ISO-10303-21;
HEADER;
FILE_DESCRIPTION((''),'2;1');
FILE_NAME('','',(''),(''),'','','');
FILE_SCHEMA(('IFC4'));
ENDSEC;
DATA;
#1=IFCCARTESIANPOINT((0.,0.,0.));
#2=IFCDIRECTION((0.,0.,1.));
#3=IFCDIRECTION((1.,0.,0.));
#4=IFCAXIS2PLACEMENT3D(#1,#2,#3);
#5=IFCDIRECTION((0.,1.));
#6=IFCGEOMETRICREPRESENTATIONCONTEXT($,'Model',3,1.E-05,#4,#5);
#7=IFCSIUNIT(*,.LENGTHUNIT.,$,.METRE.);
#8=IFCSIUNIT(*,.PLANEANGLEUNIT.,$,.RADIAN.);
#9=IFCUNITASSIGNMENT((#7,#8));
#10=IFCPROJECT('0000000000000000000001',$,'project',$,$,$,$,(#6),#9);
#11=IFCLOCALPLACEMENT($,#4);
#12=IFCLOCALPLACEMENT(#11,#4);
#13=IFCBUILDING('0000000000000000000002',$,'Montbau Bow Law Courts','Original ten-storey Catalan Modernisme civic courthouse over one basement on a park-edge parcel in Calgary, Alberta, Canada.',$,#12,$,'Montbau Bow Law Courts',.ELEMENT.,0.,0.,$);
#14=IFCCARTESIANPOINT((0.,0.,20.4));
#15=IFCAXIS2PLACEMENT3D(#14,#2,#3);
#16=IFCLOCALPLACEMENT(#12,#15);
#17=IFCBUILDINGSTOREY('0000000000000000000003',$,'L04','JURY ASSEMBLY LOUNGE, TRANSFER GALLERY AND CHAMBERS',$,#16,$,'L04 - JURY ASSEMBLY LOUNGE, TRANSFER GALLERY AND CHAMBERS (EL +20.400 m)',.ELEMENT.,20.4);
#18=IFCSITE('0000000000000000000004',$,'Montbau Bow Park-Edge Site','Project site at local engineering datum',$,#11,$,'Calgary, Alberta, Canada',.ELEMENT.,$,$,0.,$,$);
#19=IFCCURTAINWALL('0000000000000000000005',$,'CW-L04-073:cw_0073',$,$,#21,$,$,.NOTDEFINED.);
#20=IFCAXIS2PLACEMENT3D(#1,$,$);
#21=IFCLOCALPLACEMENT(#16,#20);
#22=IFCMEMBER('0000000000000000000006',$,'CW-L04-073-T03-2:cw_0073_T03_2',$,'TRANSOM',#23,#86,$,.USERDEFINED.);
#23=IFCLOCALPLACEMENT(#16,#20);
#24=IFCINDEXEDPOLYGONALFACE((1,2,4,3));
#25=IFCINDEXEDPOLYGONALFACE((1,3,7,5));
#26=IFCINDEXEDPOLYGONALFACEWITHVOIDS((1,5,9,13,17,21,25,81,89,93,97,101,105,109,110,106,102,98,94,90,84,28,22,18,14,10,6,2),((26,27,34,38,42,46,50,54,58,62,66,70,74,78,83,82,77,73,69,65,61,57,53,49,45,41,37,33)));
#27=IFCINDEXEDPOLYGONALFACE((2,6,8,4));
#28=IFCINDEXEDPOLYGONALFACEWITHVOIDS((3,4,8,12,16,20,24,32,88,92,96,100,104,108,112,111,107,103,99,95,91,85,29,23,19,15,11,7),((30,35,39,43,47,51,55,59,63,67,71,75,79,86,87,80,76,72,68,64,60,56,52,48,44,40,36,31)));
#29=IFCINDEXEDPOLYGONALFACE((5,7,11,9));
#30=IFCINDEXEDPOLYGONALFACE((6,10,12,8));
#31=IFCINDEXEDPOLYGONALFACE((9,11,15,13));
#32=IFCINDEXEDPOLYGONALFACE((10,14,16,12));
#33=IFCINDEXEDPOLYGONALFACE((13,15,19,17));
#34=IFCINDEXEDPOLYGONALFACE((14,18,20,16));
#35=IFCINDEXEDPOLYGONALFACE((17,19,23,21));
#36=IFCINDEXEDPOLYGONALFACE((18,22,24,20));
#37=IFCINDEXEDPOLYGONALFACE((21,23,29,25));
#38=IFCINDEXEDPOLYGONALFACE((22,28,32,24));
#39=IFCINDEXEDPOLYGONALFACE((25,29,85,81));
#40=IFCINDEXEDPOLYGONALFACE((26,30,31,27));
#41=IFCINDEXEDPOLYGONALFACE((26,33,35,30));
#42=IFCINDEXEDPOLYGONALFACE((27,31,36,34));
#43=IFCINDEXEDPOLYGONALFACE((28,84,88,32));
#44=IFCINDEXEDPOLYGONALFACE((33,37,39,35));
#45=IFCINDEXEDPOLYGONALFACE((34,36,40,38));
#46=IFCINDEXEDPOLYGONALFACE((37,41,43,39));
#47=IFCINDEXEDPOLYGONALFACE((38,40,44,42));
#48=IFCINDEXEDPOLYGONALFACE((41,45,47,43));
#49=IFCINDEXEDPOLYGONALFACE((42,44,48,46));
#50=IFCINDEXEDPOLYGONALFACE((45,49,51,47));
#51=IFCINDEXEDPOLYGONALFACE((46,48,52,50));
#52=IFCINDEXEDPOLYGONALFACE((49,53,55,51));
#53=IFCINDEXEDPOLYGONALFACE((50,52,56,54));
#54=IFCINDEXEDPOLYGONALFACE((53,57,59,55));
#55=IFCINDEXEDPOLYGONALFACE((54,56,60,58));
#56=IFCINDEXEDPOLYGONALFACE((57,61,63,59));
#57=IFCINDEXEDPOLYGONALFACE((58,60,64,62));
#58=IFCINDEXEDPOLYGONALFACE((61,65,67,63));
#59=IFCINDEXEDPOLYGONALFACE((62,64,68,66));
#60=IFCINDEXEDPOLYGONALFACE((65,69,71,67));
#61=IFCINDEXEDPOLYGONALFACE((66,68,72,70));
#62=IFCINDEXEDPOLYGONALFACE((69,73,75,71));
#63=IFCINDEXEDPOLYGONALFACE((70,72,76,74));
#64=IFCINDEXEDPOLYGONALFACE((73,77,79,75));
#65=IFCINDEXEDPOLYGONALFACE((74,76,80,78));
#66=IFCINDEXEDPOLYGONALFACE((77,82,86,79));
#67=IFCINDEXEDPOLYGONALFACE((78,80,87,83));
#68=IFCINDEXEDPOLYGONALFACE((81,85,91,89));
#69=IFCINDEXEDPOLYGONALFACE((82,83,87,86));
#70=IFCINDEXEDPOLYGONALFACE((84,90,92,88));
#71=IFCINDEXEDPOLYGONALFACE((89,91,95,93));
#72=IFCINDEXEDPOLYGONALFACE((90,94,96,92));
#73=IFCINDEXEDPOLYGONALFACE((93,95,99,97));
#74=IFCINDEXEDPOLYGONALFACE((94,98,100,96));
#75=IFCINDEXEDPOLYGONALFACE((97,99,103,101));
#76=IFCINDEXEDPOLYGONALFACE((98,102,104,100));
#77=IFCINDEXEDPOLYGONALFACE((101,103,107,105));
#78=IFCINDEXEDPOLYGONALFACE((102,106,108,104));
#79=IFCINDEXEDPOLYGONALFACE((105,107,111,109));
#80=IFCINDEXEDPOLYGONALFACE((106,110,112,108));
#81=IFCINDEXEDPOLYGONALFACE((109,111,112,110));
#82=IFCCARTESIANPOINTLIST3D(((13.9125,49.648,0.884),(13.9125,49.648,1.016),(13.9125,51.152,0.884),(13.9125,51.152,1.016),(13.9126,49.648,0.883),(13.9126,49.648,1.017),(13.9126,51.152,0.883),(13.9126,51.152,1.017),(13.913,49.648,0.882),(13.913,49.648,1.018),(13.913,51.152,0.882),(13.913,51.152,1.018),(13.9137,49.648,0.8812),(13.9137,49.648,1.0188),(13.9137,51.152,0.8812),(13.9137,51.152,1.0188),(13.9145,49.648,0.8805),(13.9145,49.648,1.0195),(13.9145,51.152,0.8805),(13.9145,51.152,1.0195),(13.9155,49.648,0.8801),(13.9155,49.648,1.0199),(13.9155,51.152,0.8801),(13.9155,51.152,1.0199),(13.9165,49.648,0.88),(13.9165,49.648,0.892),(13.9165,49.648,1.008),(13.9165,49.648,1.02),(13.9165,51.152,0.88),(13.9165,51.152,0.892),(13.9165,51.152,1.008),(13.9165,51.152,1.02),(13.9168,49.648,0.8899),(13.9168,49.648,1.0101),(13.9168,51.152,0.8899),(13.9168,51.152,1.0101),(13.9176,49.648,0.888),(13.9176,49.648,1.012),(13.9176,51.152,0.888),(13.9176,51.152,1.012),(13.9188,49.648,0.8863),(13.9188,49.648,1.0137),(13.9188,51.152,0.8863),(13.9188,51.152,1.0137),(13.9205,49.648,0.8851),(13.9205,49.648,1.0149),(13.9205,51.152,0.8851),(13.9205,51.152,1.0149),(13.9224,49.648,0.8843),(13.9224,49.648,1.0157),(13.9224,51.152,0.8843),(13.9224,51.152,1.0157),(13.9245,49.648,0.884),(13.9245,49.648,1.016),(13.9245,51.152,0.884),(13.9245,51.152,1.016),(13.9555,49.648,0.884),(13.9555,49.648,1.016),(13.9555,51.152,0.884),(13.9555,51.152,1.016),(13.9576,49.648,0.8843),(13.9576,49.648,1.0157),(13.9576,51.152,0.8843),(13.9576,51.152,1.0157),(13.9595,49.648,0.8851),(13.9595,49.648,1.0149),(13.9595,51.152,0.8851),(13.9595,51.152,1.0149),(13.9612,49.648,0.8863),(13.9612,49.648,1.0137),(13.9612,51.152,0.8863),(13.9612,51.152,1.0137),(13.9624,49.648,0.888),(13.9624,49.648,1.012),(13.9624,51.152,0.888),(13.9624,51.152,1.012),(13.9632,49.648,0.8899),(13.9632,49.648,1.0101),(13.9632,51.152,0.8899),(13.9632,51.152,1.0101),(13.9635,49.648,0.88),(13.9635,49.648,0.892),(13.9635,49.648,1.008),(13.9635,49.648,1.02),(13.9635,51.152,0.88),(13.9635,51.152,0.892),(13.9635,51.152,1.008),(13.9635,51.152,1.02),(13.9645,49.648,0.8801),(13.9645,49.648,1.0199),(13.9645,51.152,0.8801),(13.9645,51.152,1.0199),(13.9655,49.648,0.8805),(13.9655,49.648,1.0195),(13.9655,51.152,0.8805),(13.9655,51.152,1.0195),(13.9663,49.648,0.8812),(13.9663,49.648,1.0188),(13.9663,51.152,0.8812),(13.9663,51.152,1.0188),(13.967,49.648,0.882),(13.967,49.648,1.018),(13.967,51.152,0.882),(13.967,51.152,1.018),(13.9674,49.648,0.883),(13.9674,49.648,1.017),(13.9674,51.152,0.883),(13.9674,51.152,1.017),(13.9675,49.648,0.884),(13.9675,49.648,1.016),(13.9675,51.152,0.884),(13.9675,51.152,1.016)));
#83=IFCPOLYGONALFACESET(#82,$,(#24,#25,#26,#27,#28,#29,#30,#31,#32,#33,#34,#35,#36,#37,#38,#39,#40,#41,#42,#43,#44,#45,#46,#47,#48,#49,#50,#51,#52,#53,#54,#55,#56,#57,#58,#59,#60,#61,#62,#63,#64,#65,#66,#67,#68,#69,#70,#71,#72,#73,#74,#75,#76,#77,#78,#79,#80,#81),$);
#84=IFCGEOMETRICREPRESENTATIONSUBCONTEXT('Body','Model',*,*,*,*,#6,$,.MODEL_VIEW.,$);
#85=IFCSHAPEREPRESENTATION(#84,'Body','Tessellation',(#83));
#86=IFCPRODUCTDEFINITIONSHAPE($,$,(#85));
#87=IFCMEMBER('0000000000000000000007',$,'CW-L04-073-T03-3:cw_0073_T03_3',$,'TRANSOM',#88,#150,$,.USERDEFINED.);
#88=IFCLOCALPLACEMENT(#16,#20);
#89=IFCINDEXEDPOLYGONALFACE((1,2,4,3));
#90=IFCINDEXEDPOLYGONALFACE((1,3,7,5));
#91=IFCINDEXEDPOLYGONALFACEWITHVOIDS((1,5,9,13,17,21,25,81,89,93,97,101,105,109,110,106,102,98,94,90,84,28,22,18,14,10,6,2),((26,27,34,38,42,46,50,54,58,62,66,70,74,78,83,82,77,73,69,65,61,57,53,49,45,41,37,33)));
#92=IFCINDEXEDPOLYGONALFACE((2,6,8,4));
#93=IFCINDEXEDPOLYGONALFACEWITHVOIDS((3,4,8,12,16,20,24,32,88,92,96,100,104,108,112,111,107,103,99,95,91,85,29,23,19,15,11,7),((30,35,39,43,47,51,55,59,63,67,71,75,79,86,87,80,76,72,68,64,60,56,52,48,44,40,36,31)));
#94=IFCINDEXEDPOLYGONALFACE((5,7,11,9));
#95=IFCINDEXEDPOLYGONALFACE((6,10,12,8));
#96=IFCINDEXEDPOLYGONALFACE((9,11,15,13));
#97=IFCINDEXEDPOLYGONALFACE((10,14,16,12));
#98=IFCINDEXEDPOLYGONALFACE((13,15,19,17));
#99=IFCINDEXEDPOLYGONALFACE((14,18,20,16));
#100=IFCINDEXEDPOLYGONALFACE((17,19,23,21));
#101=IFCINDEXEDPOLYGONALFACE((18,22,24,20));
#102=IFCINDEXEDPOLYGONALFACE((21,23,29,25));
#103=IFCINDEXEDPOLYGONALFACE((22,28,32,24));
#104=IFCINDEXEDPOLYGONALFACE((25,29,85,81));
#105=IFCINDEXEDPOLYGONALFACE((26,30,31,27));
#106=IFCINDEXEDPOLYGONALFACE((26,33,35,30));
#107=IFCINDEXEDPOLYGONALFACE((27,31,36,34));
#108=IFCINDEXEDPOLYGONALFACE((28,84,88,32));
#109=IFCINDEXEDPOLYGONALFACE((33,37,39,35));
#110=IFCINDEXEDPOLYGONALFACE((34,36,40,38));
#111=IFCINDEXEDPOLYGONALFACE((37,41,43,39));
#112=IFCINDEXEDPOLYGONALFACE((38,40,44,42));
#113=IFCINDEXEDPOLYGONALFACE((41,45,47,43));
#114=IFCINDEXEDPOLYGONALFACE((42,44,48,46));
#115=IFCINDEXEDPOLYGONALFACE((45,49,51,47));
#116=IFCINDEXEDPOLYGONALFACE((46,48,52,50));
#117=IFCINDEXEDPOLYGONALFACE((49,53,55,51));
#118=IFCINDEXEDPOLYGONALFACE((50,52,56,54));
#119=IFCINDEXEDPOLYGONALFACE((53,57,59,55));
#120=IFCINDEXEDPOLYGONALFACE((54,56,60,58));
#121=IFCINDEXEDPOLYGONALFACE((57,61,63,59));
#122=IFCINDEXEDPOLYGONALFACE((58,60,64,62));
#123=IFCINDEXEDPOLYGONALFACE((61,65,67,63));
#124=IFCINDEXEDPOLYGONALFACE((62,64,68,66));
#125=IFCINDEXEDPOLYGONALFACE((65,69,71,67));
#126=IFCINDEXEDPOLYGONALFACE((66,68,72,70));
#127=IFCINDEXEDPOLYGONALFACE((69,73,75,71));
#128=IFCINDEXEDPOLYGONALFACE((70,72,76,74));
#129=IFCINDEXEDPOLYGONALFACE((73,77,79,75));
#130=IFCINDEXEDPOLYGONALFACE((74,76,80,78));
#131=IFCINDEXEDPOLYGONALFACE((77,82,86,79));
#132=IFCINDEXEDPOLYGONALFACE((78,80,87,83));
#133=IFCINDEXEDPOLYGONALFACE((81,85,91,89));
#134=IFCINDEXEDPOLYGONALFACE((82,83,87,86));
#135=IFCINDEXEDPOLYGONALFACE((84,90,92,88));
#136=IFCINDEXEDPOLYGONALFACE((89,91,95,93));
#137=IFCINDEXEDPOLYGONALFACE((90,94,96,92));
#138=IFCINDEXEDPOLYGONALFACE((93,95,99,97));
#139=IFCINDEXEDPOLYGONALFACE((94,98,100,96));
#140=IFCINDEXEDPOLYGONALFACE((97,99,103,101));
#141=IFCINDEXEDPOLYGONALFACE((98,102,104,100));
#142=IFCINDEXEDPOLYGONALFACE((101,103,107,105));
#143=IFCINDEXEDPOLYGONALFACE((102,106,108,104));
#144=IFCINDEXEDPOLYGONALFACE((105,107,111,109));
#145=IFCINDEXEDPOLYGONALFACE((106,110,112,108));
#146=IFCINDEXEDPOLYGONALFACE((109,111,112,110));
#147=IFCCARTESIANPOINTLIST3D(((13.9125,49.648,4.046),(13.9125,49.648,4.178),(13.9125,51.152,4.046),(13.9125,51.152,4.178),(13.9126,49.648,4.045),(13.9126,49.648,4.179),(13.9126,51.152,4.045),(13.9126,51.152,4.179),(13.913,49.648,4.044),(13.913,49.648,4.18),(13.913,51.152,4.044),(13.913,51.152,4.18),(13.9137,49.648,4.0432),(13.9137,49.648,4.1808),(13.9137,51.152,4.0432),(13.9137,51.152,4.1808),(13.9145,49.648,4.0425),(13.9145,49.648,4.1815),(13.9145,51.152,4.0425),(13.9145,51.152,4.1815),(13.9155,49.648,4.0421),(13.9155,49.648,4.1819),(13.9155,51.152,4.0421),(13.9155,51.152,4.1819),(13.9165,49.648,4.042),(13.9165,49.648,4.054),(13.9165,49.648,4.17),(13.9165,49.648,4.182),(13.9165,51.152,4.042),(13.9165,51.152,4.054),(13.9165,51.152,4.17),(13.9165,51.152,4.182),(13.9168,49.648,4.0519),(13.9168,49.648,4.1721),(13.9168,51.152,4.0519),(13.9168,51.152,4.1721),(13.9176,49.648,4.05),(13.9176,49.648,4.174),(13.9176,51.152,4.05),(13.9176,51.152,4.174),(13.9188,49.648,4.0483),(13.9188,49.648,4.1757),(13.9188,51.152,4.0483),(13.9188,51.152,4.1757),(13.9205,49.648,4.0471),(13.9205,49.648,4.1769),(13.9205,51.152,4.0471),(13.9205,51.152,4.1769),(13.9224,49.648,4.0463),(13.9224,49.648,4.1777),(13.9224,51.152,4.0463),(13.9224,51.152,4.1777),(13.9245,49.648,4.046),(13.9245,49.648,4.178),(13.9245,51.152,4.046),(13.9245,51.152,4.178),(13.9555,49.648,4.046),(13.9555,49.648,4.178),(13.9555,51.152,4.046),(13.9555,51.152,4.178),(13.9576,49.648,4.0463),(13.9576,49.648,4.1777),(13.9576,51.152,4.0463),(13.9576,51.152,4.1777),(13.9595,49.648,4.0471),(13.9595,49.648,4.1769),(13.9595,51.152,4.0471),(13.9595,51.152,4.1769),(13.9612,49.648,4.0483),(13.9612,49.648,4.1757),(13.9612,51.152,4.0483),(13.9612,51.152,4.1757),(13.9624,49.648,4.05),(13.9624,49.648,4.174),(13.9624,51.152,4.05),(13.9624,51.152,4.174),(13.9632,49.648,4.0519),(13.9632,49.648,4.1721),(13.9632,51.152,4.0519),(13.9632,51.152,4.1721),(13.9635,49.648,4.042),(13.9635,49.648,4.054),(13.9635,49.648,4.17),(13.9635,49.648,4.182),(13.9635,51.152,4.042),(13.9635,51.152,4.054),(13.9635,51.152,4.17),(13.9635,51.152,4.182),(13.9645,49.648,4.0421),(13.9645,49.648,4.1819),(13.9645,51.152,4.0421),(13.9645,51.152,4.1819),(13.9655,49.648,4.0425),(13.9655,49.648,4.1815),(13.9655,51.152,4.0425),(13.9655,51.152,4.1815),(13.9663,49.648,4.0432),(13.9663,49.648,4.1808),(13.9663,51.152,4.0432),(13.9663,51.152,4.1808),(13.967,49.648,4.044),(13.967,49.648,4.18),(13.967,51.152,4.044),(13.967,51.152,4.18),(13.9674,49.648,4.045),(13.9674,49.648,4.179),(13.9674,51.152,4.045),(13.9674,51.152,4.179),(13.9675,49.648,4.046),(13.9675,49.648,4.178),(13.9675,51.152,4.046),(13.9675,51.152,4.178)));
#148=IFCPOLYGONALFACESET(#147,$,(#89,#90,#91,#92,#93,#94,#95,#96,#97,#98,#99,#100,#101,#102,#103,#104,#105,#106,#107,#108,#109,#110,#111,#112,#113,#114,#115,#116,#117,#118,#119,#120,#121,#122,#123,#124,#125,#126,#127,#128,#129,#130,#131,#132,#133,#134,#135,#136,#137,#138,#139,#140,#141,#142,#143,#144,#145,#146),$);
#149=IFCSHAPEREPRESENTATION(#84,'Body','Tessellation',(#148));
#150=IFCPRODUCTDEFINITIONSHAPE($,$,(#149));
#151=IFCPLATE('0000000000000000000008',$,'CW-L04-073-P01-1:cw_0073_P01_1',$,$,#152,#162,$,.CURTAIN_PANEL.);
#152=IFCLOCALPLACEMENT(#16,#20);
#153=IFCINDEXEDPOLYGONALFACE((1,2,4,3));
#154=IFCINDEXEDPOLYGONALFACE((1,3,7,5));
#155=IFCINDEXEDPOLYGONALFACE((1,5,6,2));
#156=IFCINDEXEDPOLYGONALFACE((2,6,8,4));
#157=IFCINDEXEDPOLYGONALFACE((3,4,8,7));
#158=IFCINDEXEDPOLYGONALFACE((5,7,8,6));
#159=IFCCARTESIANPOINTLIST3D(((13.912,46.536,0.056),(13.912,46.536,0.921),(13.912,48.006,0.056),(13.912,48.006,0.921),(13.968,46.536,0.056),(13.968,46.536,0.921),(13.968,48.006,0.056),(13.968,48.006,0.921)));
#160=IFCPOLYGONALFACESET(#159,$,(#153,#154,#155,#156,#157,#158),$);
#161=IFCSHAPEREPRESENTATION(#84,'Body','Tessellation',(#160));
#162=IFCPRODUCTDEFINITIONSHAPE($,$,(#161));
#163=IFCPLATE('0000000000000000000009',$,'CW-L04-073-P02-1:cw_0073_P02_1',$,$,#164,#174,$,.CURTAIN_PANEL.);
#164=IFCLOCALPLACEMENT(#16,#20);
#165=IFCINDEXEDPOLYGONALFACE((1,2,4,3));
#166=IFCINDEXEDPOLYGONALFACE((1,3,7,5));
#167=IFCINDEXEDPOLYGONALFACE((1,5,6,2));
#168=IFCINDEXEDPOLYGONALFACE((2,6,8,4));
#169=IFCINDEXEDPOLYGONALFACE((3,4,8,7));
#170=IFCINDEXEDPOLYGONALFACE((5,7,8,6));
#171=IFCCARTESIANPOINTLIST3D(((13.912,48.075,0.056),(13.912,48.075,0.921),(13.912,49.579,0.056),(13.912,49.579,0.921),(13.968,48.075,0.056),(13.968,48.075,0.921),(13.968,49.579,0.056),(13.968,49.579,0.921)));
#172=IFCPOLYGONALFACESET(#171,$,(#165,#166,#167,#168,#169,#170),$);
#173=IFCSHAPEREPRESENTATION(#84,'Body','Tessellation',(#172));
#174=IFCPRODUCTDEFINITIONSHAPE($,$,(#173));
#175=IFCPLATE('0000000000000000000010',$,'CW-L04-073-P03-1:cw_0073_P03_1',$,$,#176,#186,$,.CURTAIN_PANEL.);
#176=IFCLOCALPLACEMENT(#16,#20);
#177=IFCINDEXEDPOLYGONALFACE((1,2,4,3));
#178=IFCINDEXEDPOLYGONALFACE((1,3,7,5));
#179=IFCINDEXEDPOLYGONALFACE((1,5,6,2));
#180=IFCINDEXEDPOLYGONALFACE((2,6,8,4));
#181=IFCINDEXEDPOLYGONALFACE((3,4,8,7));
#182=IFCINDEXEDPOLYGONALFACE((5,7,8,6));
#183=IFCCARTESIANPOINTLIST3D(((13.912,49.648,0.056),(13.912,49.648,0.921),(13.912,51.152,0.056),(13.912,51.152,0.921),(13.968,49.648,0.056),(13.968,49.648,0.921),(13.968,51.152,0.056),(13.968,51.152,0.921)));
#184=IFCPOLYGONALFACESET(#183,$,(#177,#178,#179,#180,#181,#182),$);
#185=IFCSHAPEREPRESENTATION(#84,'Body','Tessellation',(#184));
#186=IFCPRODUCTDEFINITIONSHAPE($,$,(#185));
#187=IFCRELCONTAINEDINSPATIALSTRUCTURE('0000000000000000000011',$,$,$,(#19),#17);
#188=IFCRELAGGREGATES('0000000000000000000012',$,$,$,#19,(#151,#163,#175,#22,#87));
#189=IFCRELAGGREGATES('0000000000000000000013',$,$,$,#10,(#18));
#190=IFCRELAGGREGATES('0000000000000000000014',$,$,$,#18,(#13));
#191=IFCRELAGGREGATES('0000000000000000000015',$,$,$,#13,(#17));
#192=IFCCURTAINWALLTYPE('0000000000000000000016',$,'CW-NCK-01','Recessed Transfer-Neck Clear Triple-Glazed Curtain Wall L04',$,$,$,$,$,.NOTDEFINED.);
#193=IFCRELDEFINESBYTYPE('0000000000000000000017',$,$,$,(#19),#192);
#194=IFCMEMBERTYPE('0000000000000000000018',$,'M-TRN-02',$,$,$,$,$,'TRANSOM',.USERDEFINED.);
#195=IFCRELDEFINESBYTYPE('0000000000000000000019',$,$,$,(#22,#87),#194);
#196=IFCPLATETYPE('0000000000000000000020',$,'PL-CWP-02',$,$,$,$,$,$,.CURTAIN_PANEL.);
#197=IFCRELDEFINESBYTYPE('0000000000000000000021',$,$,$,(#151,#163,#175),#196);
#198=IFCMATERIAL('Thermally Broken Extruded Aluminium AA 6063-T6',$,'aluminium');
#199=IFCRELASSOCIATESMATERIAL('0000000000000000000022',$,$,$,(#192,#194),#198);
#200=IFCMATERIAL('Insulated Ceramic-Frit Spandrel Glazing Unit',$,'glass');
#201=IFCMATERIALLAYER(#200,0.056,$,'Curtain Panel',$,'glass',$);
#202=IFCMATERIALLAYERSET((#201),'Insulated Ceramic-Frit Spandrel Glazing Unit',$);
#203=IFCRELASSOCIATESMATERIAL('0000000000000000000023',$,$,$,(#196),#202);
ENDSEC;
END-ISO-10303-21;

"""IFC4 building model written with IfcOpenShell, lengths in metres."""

from ifc_helpers import new_model, si_unit, direction, frame, frame_2d, origin_with_axes, origin_2d_with_axis, place, context, subcontext, project, spatial, rectangle, hollow_rectangle, extrude, material, layer, layer_set, material_profile, profile_set, type_object, element, aggregate, save


model = new_model("IFC4")

# Units and contexts
model_context = context("Model", 3, precision=1e-05, world=origin_with_axes(), true_north=direction((0.0, 1.0)))
body_context = subcontext(model_context, "Body", "Model", "MODEL_VIEW")
ifc_project = project(units=[si_unit("LENGTHUNIT", "METRE"), si_unit("PLANEANGLEUNIT", "RADIAN")], contexts=[model_context])

# Site, building, storey
site_placement = place(None, origin_with_axes())
site = spatial("IfcSite", under=ifc_project, at=site_placement, Name="Montbau Bow Park-Edge Site", Description="Project site at local engineering datum", LongName="Calgary, Alberta, Canada", CompositionType="ELEMENT", RefElevation=0.0)
building_placement = place(site_placement, origin_with_axes())
building = spatial("IfcBuilding", under=site, at=building_placement, Name="Montbau Bow Law Courts", Description="Original ten-storey Catalan Modernisme civic courthouse over one basement on a park-edge parcel in Calgary, Alberta, Canada.", LongName="Montbau Bow Law Courts", CompositionType="ELEMENT", ElevationOfRefHeight=0.0, ElevationOfTerrain=0.0)
storey_placement = place(building_placement, frame((0.0, 0.0, 20.4), z_axis=(0.0, 0.0, 1.0), x_axis=(1.0, 0.0, 0.0)))
storey = spatial("IfcBuildingStorey", under=building, at=storey_placement, Name="L04", Description="JURY ASSEMBLY LOUNGE, TRANSFER GALLERY AND CHAMBERS", LongName="L04 - JURY ASSEMBLY LOUNGE, TRANSFER GALLERY AND CHAMBERS (EL +20.400 m)", CompositionType="ELEMENT", Elevation=20.4)

# Shared definitions
ifc_material_1 = material(Name="Thermally Broken Extruded Aluminium AA 6063-T6", Category="aluminium")
curtain_wall_type = type_object("IfcCurtainWallType", Name="CW-NCK-01", Description="Recessed Transfer-Neck Clear Triple-Glazed Curtain Wall L04", PredefinedType="NOTDEFINED", material=ifc_material_1)

# Curtain wall, members, plates
curtain_wall_1_placement = place(None, frame((13.94, 46.468, 20.4), z_axis=(0.0, 0.0, 1.0), x_axis=(1.0, 0.0, 0.0)))
curtain_wall_1 = element("IfcCurtainWall", 1, at=curtain_wall_1_placement, inside=storey, type_object=curtain_wall_type, Name="CW-L04-073:cw_0073", PredefinedType="NOTDEFINED")
ifc_material_profile_1 = material_profile(ifc_material_1, hollow_rectangle(XDim=0.055, YDim=0.14, WallThickness=0.004, InnerFilletRadius=0.008, OuterFilletRadius=0.004, at=origin_2d_with_axis()), Name="CWT-140X55", Category="Main", Priority=0)
ifc_profile_set_1 = profile_set([ifc_material_profile_1], Name="Thermally Broken Extruded Aluminium AA 6063-T6")
member_type_1 = type_object("IfcMemberType", Name="M-TRN-02", ElementType="TRANSOM", PredefinedType="USERDEFINED", material=ifc_profile_set_1)
member_1_placement = place(None, frame((13.94, 49.648, 21.35), z_axis=(0.0, 1.0, 0.0), x_axis=(-1.0, 0.0, 0.0)))
member_1 = element("IfcMember", 2, at=member_1_placement, type_object=member_type_1, Name="CW-L04-073-T03-2:cw_0073_T03_2", ObjectType="TRANSOM", PredefinedType="USERDEFINED", context=body_context, shape_type="SweptSolid", body=[
    extrude(hollow_rectangle(XDim=0.055, YDim=0.14, WallThickness=0.004, InnerFilletRadius=0.008, OuterFilletRadius=0.004, at=origin_2d_with_axis()), origin_with_axes(), (0.0, 0.0, 1.0), 1.504),
])
member_2_placement = place(None, frame((13.94, 49.648, 24.512), z_axis=(0.0, 1.0, 0.0), x_axis=(-1.0, 0.0, 0.0)))
member_2 = element("IfcMember", 3, at=member_2_placement, type_object=member_type_1, Name="CW-L04-073-T03-3:cw_0073_T03_3", ObjectType="TRANSOM", PredefinedType="USERDEFINED", context=body_context, shape_type="SweptSolid", body=[
    extrude(hollow_rectangle(XDim=0.055, YDim=0.14, WallThickness=0.004, InnerFilletRadius=0.008, OuterFilletRadius=0.004, at=origin_2d_with_axis()), origin_with_axes(), (0.0, 0.0, 1.0), 1.504),
])
ifc_material_2 = material(Name="Insulated Ceramic-Frit Spandrel Glazing Unit", Category="glass")
ifc_layer_1 = layer(ifc_material_2, 0.056, Name="Curtain Panel", Category="glass")
ifc_layer_set_1 = layer_set([ifc_layer_1], Name="Insulated Ceramic-Frit Spandrel Glazing Unit")
plate_type_1 = type_object("IfcPlateType", Name="PL-CWP-02", PredefinedType="CURTAIN_PANEL", material=ifc_layer_set_1)
plate_1_placement = place(None, frame((13.94, 46.536, 20.456), z_axis=(1.0, 0.0, 0.0), x_axis=(0.0, 1.0, 0.0)))
plate_1 = element("IfcPlate", 4, at=plate_1_placement, type_object=plate_type_1, Name="CW-L04-073-P01-1:cw_0073_P01_1", PredefinedType="CURTAIN_PANEL", context=body_context, shape_type="SweptSolid", body=[
    extrude(rectangle(XDim=1.47, YDim=0.865, at=frame_2d((0.735, 0.4325), x_axis=(1.0, 0.0))), frame((0.0, 0.0, -0.028), z_axis=(0.0, 0.0, 1.0), x_axis=(1.0, 0.0, 0.0)), (0.0, 0.0, 1.0), 0.056),
])
plate_2_placement = place(None, frame((13.94, 48.075, 20.456), z_axis=(1.0, 0.0, 0.0), x_axis=(0.0, 1.0, 0.0)))
plate_2 = element("IfcPlate", 5, at=plate_2_placement, type_object=plate_type_1, Name="CW-L04-073-P02-1:cw_0073_P02_1", PredefinedType="CURTAIN_PANEL", context=body_context, shape_type="SweptSolid", body=[
    extrude(rectangle(XDim=1.504, YDim=0.865, at=frame_2d((0.752, 0.4325), x_axis=(1.0, 0.0))), frame((0.0, 0.0, -0.028), z_axis=(0.0, 0.0, 1.0), x_axis=(1.0, 0.0, 0.0)), (0.0, 0.0, 1.0), 0.056),
])
plate_3_placement = place(None, frame((13.94, 49.648, 20.456), z_axis=(1.0, 0.0, 0.0), x_axis=(0.0, 1.0, 0.0)))
plate_3 = element("IfcPlate", 6, at=plate_3_placement, type_object=plate_type_1, Name="CW-L04-073-P03-1:cw_0073_P03_1", PredefinedType="CURTAIN_PANEL", context=body_context, shape_type="SweptSolid", body=[
    extrude(rectangle(XDim=1.504, YDim=0.865, at=frame_2d((0.752, 0.4325), x_axis=(1.0, 0.0))), frame((0.0, 0.0, -0.028), z_axis=(0.0, 0.0, 1.0), x_axis=(1.0, 0.0, 0.0)), (0.0, 0.0, 1.0), 0.056),
])
aggregate(curtain_wall_1, [plate_1, plate_2, plate_3, member_1, member_2])

save(model, "model.ifc")
